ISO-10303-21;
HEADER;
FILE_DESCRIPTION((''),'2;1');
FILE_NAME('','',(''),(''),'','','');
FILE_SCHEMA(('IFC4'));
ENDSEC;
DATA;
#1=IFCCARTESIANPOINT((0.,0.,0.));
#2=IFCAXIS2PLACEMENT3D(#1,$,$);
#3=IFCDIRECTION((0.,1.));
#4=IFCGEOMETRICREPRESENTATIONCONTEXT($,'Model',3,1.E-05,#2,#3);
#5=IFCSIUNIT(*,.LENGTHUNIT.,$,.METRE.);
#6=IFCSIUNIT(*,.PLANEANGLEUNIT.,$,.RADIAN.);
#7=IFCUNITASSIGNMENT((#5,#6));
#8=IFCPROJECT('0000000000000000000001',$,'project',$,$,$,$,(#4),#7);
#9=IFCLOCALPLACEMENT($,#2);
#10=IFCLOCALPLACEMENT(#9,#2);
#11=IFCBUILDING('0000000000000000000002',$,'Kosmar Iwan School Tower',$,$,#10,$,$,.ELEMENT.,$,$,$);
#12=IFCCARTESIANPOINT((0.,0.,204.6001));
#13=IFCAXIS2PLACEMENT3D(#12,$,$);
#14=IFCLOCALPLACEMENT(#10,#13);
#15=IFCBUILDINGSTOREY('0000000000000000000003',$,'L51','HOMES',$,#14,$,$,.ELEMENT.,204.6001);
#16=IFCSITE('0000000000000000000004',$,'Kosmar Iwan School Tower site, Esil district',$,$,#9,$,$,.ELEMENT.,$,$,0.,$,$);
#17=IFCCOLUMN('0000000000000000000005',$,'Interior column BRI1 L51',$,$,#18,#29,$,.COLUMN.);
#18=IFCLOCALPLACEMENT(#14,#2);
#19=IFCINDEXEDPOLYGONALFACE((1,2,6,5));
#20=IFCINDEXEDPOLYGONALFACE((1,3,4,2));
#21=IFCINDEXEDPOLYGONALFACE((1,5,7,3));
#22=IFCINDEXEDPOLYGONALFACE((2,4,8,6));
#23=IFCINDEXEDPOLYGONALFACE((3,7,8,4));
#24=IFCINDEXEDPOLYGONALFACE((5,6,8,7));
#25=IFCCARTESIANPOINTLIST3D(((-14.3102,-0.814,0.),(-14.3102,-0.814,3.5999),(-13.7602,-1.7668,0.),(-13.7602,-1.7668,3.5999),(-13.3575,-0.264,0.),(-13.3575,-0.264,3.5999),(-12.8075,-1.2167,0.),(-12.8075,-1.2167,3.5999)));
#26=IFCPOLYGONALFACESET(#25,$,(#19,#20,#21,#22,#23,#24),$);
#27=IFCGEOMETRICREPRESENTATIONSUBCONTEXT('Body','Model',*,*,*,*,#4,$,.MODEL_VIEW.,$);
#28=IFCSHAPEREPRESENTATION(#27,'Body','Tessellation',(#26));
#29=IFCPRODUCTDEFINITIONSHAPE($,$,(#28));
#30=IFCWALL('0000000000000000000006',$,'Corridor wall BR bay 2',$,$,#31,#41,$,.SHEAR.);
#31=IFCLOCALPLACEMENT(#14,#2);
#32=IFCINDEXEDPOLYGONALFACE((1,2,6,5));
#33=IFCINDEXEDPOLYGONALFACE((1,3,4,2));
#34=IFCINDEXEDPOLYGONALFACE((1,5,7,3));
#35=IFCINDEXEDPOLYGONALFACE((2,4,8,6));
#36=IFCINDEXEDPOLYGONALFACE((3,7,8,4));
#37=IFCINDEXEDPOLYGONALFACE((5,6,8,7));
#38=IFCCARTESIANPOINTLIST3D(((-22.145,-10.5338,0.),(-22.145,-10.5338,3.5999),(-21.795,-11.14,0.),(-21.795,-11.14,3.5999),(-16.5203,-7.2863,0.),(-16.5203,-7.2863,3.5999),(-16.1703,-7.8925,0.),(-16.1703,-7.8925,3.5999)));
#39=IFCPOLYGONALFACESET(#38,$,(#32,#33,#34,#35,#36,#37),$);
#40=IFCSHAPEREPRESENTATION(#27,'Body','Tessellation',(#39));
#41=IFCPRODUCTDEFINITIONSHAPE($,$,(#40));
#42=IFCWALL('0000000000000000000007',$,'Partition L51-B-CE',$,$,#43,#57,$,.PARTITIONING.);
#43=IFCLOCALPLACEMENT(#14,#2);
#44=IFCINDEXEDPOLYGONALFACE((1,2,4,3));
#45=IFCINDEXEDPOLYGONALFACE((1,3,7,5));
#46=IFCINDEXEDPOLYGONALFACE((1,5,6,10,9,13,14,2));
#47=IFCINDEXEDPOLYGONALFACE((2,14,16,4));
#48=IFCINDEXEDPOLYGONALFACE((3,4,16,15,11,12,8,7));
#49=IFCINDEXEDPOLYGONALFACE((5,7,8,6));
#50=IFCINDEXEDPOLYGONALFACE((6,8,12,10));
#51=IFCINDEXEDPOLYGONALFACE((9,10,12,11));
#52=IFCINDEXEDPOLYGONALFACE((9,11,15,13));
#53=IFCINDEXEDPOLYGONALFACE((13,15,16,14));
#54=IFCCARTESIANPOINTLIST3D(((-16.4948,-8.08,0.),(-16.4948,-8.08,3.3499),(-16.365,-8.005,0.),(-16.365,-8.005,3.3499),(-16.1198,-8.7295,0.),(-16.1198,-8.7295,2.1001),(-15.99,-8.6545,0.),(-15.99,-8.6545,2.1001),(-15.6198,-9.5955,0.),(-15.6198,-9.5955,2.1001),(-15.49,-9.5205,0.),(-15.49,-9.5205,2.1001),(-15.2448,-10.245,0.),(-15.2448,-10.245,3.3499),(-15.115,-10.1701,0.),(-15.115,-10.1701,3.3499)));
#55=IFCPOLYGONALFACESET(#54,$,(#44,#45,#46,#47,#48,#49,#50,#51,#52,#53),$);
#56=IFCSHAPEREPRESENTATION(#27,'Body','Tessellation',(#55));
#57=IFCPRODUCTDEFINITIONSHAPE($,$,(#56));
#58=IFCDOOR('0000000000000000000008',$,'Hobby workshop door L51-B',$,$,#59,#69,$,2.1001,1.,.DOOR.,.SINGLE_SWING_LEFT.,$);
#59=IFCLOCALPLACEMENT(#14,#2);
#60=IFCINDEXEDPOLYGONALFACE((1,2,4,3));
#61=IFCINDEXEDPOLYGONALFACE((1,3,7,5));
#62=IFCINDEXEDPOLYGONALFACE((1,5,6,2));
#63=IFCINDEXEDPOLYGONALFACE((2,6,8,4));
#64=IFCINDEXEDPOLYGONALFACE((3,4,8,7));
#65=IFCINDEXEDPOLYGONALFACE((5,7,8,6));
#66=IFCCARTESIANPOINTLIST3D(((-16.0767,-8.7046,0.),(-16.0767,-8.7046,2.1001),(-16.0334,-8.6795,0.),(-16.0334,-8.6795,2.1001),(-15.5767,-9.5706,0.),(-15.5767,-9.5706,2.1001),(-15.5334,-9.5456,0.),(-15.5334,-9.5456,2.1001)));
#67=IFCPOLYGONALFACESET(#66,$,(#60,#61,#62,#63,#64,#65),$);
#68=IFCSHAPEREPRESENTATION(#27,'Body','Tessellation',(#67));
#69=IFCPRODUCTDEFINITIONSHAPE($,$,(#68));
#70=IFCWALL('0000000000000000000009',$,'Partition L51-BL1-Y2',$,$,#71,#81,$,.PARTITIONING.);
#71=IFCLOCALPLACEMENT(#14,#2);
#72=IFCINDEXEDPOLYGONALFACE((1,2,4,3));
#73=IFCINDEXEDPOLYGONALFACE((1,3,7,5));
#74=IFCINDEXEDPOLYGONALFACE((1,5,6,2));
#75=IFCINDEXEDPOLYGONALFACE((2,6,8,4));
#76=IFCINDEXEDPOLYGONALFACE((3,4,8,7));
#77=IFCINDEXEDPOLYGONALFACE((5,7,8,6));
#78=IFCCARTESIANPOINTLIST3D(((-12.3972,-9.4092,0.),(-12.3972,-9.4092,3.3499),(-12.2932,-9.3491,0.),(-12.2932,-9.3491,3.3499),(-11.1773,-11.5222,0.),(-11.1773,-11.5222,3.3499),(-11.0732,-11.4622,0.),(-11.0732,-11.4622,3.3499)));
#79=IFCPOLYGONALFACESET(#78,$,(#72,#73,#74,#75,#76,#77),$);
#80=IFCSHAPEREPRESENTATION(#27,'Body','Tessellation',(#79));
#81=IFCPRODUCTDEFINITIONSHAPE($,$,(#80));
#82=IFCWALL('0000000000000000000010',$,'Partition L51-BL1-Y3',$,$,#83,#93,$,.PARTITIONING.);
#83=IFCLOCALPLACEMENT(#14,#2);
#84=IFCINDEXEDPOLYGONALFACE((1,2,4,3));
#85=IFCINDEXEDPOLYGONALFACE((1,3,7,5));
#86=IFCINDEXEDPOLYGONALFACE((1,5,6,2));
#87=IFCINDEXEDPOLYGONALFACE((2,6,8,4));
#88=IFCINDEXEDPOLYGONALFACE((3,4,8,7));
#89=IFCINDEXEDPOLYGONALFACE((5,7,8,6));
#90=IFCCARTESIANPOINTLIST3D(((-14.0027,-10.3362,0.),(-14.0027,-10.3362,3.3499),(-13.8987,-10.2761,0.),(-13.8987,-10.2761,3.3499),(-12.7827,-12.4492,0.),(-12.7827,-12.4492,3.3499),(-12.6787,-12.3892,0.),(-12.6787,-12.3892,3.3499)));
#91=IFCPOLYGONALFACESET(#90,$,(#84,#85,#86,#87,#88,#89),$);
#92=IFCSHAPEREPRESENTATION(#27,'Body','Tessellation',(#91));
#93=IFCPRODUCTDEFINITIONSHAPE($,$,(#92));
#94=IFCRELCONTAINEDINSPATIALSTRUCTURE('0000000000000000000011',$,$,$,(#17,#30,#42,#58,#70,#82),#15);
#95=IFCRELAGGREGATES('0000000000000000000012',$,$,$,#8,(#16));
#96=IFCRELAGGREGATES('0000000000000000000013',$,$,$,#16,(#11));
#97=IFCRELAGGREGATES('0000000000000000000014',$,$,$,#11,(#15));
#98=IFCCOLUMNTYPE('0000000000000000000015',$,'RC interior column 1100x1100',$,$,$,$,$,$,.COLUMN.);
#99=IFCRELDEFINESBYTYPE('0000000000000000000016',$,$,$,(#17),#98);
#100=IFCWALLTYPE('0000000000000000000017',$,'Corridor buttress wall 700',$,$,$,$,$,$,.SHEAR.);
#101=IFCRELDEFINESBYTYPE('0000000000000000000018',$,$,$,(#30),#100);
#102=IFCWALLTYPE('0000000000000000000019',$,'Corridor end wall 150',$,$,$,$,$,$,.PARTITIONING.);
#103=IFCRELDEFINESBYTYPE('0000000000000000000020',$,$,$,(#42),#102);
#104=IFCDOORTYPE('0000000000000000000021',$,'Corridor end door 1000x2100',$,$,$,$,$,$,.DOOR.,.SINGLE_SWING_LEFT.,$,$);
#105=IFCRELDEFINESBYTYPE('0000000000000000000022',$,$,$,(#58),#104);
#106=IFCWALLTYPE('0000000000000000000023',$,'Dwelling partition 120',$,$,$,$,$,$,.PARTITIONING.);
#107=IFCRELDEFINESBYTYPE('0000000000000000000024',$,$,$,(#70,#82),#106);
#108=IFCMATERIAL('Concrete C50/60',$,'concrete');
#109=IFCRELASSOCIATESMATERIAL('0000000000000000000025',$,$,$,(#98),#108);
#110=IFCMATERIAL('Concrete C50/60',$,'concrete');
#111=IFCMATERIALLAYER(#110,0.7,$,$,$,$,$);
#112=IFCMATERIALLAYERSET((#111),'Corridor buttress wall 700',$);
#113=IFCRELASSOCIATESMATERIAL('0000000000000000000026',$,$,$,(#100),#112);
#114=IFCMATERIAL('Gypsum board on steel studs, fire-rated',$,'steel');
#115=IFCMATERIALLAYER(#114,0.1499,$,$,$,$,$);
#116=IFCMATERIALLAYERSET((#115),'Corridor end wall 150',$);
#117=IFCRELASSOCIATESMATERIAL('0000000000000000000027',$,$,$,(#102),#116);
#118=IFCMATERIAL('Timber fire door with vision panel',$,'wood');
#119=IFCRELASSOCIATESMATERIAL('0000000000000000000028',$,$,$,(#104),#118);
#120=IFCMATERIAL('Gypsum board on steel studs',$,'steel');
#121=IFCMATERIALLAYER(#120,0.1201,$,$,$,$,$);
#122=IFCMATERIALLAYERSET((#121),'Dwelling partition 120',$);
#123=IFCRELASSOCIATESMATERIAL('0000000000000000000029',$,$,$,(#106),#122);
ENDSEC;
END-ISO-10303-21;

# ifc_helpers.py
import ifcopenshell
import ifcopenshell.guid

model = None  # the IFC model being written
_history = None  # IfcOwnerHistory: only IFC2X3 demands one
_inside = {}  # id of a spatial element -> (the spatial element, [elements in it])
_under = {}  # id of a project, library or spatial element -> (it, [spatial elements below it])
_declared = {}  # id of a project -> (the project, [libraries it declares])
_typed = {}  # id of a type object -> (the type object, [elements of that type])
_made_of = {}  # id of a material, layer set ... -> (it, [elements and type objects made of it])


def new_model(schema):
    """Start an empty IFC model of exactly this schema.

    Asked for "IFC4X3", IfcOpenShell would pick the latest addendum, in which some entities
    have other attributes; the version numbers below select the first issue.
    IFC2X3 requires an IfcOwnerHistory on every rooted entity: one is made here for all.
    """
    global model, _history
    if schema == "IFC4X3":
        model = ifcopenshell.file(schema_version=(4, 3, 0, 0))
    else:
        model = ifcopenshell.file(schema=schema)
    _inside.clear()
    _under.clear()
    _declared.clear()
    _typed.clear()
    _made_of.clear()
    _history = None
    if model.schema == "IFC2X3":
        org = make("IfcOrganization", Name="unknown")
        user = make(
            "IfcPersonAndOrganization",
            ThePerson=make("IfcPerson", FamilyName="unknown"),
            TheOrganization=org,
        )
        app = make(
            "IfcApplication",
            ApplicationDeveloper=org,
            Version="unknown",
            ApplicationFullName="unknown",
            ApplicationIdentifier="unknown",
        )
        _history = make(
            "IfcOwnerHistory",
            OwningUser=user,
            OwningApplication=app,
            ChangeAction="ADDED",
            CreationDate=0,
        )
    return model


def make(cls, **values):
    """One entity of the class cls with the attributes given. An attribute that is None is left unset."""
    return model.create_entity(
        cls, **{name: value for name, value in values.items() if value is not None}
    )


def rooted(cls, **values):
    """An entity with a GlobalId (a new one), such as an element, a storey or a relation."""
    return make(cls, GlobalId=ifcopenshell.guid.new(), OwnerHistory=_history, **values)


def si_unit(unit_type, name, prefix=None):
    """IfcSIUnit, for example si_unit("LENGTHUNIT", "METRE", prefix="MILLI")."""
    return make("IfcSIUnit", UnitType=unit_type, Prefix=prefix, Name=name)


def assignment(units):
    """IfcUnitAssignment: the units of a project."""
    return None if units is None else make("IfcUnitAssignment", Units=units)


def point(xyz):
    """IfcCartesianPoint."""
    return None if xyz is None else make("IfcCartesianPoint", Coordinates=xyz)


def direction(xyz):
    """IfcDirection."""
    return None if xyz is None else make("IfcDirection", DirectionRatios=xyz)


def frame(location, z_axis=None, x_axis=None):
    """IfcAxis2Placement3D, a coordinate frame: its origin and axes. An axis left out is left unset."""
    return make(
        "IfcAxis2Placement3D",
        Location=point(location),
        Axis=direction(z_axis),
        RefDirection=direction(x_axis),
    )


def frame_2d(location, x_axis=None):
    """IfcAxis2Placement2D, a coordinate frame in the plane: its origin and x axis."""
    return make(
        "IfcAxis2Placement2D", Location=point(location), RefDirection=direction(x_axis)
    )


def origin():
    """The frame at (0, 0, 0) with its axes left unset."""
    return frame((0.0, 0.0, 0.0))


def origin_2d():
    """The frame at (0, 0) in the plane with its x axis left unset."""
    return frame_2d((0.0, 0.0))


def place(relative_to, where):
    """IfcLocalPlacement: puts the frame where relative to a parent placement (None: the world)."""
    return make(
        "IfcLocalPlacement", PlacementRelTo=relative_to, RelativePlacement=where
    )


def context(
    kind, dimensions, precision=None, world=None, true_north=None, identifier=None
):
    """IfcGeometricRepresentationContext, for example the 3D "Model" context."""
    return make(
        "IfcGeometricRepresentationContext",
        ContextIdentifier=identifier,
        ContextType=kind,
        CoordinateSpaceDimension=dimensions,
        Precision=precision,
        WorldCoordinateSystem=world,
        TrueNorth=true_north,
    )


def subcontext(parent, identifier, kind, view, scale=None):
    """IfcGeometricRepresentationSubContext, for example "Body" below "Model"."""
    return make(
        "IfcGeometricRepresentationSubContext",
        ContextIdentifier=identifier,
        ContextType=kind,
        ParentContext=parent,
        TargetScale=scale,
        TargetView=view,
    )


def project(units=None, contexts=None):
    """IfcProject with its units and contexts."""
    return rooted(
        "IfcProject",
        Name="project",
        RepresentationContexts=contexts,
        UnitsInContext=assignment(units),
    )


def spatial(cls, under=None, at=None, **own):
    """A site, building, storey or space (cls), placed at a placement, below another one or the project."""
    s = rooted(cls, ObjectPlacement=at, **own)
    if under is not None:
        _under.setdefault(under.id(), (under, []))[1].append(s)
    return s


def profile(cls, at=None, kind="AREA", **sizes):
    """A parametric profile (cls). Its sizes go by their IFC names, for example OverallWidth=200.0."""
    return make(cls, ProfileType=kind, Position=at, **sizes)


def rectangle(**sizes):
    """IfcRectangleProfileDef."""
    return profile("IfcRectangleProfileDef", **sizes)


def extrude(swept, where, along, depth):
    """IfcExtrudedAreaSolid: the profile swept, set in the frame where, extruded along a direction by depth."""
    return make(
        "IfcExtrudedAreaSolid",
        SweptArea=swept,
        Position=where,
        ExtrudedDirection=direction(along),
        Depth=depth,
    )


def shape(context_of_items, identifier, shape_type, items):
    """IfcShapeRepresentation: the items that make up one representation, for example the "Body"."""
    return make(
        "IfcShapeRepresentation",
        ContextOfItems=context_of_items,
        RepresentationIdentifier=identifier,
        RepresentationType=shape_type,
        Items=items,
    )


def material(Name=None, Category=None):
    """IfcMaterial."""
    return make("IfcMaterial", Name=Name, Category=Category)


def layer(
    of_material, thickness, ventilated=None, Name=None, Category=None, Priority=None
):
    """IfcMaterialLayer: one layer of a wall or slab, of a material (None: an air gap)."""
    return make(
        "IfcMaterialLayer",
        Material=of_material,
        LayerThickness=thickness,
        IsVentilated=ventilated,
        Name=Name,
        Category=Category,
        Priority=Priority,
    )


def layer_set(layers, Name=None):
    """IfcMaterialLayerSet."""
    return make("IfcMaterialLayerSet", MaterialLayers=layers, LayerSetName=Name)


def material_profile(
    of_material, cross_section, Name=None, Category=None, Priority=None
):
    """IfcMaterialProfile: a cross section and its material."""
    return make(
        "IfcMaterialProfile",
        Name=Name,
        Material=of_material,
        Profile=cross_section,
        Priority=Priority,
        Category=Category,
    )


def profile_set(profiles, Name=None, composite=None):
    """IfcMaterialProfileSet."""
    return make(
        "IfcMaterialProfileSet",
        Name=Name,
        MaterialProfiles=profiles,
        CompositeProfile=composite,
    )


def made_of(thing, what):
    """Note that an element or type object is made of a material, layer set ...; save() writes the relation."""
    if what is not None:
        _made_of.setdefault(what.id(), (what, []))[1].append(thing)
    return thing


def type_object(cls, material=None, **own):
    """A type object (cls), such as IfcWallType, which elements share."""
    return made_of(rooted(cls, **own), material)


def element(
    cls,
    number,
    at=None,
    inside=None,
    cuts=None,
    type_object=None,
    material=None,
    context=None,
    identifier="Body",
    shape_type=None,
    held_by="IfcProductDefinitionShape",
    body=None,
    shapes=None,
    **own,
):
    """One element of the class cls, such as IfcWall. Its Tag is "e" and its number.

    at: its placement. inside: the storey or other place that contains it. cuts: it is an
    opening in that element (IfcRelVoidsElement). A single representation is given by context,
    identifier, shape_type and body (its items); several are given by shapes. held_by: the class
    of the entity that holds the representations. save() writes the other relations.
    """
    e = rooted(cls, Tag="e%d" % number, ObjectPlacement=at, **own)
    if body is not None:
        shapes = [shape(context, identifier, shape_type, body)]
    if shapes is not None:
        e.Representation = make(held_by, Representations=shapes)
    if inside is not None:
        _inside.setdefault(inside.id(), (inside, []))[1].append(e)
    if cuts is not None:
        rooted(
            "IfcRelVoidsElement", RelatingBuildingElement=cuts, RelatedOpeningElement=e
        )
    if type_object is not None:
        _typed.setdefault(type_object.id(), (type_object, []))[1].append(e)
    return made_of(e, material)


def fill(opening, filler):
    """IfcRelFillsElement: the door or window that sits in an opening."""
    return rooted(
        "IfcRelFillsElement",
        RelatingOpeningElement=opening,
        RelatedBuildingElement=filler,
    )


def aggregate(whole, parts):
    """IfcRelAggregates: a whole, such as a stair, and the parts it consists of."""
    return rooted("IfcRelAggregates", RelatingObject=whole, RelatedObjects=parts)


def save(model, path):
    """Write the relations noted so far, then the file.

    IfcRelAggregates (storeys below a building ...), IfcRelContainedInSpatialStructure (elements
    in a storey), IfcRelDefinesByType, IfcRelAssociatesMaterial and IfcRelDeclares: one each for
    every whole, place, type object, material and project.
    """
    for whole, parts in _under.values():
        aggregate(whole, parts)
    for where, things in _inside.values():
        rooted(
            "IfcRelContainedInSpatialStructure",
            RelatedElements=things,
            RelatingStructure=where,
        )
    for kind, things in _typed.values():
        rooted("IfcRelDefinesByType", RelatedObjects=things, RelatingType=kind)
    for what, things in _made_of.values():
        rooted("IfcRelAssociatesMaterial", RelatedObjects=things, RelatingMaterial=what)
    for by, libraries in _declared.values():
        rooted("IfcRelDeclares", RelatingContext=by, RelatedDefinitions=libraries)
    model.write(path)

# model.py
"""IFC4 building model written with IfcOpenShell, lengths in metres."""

from ifc_helpers import new_model, si_unit, direction, frame, frame_2d, origin, origin_2d, place, context, subcontext, project, spatial, rectangle, extrude, material, layer, layer_set, material_profile, profile_set, type_object, element, fill, save


model = new_model("IFC4")

# Units and contexts
model_context = context("Model", 3, precision=1e-05, world=origin(), true_north=direction((0.0, 1.0)))
body_context = subcontext(model_context, "Body", "Model", "MODEL_VIEW")
ifc_project = project(units=[si_unit("LENGTHUNIT", "METRE"), si_unit("PLANEANGLEUNIT", "RADIAN")], contexts=[model_context])

# Site, building, storey
site_placement = place(None, origin())
site = spatial("IfcSite", under=ifc_project, at=site_placement, Name="Kosmar Iwan School Tower site, Esil district", CompositionType="ELEMENT", RefElevation=0.0)
building_placement = place(site_placement, origin())
building = spatial("IfcBuilding", under=site, at=building_placement, Name="Kosmar Iwan School Tower", CompositionType="ELEMENT")
storey_placement = place(building_placement, frame((0.0, 0.0, 204.6001)))
storey = spatial("IfcBuildingStorey", under=building, at=storey_placement, Name="L51", Description="HOMES", CompositionType="ELEMENT", Elevation=204.6001)

# Column
ifc_material_1 = material(Name="Concrete C50/60", Category="concrete")
ifc_material_profile = material_profile(ifc_material_1, rectangle(XDim=1.1001, YDim=1.1001, at=origin_2d()), Name="RC 1100x1100")
ifc_profile_set = profile_set([ifc_material_profile], Name="Concrete C50/60")
column_type = type_object("IfcColumnType", Name="RC interior column 1100x1100", PredefinedType="COLUMN", material=ifc_profile_set)
column_placement = place(storey_placement, frame((-13.5588, -1.0154, 0.0), z_axis=(0.0, 0.0, 1.0), x_axis=(-0.866025, -0.5, 0.0)))
element("IfcColumn", 1, at=column_placement, inside=storey, type_object=column_type, Name="Interior column BRI1 L51", PredefinedType="COLUMN", context=body_context, shape_type="SweptSolid", body=[
    extrude(rectangle(XDim=1.1001, YDim=1.1001, at=origin_2d()), origin(), (0.0, 0.0, 1.0), 3.5999),
])

# Wall
ifc_material_2 = material(Name="Concrete C50/60", Category="concrete")
ifc_layer_1 = layer(ifc_material_2, 0.7)
ifc_layer_set_1 = layer_set([ifc_layer_1], Name="Corridor buttress wall 700")
wall_type_1 = type_object("IfcWallType", Name="Corridor buttress wall 700", PredefinedType="SHEAR", material=ifc_layer_set_1)
wall_1_placement = place(storey_placement, frame((-16.3452, -7.5894, 0.0), z_axis=(0.0, 0.0, 1.0), x_axis=(-0.866018, -0.500012, 0.0)))
element("IfcWall", 2, at=wall_1_placement, inside=storey, type_object=wall_type_1, Name="Corridor wall BR bay 2", PredefinedType="SHEAR", context=body_context, shape_type="SweptSolid", body=[
    extrude(rectangle(XDim=6.4949, YDim=0.7, at=frame_2d((3.2476, 0.0))), origin(), (0.0, 0.0, 1.0), 3.5999),
])

# Wall, opening, door
ifc_material_3 = material(Name="Gypsum board on steel studs, fire-rated", Category="steel")
ifc_layer_2 = layer(ifc_material_3, 0.1499)
ifc_layer_set_2 = layer_set([ifc_layer_2], Name="Corridor end wall 150")
wall_type_2 = type_object("IfcWallType", Name="Corridor end wall 150", PredefinedType="PARTITIONING", material=ifc_layer_set_2)
wall_2_placement = place(storey_placement, frame((-16.4299, -8.0425, 0.0), z_axis=(0.0, 0.0, 1.0), x_axis=(0.500004, -0.866023, 0.0)))
wall_2 = element("IfcWall", 3, at=wall_2_placement, inside=storey, type_object=wall_type_2, Name="Partition L51-B-CE", PredefinedType="PARTITIONING", context=body_context, shape_type="SweptSolid", body=[
    extrude(rectangle(XDim=2.5, YDim=0.1499, at=frame_2d((1.25, 0.0))), origin(), (0.0, 0.0, 1.0), 3.3499),
])
opening_1_placement = place(wall_2_placement, frame((0.75, 0.0, 0.0)))
opening_1 = element("IfcOpeningElement", 4, at=opening_1_placement, cuts=wall_2, PredefinedType="OPENING", context=body_context, shape_type="SweptSolid", body=[
    extrude(rectangle(XDim=1.0, YDim=2.1001, at=frame_2d((0.5, 1.05))), frame((0.0, 0.0869, 0.0), z_axis=(0.0, -1.0, 0.0), x_axis=(1.0, 0.0, 0.0)), (0.0, 0.0, 1.0), 0.1738),
])
ifc_material_4 = material(Name="Timber fire door with vision panel", Category="wood")
door_type_1 = type_object("IfcDoorType", Name="Corridor end door 1000x2100", OperationType="SINGLE_SWING_LEFT", PredefinedType="DOOR", material=ifc_material_4)
door_1_placement = place(opening_1_placement, origin())
door_1 = element("IfcDoor", 5, at=door_1_placement, inside=storey, type_object=door_type_1, Name="Hobby workshop door L51-B", OperationType="SINGLE_SWING_LEFT", OverallHeight=2.1001, OverallWidth=1.0, PredefinedType="DOOR", context=body_context, shape_type="SweptSolid", body=[
    extrude(rectangle(XDim=1.0, YDim=2.1001, at=frame_2d((0.5, 1.05))), frame((0.0, 0.0249, 0.0), z_axis=(0.0, -1.0, 0.0), x_axis=(1.0, 0.0, 0.0)), (0.0, 0.0, 1.0), 0.05),
])
fill(opening_1, door_1)

# Walls
ifc_material_5 = material(Name="Gypsum board on steel studs", Category="steel")
ifc_layer_3 = layer(ifc_material_5, 0.1201)
ifc_layer_set_3 = layer_set([ifc_layer_3], Name="Dwelling partition 120")
wall_type_3 = type_object("IfcWallType", Name="Dwelling partition 120", PredefinedType="PARTITIONING", material=ifc_layer_set_3)
for number, where, z_axis, x_axis, name in (
    (6, (-12.3452, -9.3792, 0.0), (0.0, 0.0, 1.0), (0.500003, -0.866024, 0.0), "Partition L51-BL1-Y2"),
    (7, (-13.9507, -10.3062, 0.0), (0.0, 0.0, 1.0), (0.500003, -0.866024, 0.0), "Partition L51-BL1-Y3"),
):
    element("IfcWall", number, at=place(storey_placement, frame(where, z_axis=z_axis, x_axis=x_axis)), inside=storey, type_object=wall_type_3, Name=name, PredefinedType="PARTITIONING", context=body_context, shape_type="SweptSolid", body=[
        extrude(rectangle(XDim=2.4399, YDim=0.1201, at=frame_2d((1.22, 0.0))), origin(), (0.0, 0.0, 1.0), 3.3499),
    ])

save(model, "model.ifc")
